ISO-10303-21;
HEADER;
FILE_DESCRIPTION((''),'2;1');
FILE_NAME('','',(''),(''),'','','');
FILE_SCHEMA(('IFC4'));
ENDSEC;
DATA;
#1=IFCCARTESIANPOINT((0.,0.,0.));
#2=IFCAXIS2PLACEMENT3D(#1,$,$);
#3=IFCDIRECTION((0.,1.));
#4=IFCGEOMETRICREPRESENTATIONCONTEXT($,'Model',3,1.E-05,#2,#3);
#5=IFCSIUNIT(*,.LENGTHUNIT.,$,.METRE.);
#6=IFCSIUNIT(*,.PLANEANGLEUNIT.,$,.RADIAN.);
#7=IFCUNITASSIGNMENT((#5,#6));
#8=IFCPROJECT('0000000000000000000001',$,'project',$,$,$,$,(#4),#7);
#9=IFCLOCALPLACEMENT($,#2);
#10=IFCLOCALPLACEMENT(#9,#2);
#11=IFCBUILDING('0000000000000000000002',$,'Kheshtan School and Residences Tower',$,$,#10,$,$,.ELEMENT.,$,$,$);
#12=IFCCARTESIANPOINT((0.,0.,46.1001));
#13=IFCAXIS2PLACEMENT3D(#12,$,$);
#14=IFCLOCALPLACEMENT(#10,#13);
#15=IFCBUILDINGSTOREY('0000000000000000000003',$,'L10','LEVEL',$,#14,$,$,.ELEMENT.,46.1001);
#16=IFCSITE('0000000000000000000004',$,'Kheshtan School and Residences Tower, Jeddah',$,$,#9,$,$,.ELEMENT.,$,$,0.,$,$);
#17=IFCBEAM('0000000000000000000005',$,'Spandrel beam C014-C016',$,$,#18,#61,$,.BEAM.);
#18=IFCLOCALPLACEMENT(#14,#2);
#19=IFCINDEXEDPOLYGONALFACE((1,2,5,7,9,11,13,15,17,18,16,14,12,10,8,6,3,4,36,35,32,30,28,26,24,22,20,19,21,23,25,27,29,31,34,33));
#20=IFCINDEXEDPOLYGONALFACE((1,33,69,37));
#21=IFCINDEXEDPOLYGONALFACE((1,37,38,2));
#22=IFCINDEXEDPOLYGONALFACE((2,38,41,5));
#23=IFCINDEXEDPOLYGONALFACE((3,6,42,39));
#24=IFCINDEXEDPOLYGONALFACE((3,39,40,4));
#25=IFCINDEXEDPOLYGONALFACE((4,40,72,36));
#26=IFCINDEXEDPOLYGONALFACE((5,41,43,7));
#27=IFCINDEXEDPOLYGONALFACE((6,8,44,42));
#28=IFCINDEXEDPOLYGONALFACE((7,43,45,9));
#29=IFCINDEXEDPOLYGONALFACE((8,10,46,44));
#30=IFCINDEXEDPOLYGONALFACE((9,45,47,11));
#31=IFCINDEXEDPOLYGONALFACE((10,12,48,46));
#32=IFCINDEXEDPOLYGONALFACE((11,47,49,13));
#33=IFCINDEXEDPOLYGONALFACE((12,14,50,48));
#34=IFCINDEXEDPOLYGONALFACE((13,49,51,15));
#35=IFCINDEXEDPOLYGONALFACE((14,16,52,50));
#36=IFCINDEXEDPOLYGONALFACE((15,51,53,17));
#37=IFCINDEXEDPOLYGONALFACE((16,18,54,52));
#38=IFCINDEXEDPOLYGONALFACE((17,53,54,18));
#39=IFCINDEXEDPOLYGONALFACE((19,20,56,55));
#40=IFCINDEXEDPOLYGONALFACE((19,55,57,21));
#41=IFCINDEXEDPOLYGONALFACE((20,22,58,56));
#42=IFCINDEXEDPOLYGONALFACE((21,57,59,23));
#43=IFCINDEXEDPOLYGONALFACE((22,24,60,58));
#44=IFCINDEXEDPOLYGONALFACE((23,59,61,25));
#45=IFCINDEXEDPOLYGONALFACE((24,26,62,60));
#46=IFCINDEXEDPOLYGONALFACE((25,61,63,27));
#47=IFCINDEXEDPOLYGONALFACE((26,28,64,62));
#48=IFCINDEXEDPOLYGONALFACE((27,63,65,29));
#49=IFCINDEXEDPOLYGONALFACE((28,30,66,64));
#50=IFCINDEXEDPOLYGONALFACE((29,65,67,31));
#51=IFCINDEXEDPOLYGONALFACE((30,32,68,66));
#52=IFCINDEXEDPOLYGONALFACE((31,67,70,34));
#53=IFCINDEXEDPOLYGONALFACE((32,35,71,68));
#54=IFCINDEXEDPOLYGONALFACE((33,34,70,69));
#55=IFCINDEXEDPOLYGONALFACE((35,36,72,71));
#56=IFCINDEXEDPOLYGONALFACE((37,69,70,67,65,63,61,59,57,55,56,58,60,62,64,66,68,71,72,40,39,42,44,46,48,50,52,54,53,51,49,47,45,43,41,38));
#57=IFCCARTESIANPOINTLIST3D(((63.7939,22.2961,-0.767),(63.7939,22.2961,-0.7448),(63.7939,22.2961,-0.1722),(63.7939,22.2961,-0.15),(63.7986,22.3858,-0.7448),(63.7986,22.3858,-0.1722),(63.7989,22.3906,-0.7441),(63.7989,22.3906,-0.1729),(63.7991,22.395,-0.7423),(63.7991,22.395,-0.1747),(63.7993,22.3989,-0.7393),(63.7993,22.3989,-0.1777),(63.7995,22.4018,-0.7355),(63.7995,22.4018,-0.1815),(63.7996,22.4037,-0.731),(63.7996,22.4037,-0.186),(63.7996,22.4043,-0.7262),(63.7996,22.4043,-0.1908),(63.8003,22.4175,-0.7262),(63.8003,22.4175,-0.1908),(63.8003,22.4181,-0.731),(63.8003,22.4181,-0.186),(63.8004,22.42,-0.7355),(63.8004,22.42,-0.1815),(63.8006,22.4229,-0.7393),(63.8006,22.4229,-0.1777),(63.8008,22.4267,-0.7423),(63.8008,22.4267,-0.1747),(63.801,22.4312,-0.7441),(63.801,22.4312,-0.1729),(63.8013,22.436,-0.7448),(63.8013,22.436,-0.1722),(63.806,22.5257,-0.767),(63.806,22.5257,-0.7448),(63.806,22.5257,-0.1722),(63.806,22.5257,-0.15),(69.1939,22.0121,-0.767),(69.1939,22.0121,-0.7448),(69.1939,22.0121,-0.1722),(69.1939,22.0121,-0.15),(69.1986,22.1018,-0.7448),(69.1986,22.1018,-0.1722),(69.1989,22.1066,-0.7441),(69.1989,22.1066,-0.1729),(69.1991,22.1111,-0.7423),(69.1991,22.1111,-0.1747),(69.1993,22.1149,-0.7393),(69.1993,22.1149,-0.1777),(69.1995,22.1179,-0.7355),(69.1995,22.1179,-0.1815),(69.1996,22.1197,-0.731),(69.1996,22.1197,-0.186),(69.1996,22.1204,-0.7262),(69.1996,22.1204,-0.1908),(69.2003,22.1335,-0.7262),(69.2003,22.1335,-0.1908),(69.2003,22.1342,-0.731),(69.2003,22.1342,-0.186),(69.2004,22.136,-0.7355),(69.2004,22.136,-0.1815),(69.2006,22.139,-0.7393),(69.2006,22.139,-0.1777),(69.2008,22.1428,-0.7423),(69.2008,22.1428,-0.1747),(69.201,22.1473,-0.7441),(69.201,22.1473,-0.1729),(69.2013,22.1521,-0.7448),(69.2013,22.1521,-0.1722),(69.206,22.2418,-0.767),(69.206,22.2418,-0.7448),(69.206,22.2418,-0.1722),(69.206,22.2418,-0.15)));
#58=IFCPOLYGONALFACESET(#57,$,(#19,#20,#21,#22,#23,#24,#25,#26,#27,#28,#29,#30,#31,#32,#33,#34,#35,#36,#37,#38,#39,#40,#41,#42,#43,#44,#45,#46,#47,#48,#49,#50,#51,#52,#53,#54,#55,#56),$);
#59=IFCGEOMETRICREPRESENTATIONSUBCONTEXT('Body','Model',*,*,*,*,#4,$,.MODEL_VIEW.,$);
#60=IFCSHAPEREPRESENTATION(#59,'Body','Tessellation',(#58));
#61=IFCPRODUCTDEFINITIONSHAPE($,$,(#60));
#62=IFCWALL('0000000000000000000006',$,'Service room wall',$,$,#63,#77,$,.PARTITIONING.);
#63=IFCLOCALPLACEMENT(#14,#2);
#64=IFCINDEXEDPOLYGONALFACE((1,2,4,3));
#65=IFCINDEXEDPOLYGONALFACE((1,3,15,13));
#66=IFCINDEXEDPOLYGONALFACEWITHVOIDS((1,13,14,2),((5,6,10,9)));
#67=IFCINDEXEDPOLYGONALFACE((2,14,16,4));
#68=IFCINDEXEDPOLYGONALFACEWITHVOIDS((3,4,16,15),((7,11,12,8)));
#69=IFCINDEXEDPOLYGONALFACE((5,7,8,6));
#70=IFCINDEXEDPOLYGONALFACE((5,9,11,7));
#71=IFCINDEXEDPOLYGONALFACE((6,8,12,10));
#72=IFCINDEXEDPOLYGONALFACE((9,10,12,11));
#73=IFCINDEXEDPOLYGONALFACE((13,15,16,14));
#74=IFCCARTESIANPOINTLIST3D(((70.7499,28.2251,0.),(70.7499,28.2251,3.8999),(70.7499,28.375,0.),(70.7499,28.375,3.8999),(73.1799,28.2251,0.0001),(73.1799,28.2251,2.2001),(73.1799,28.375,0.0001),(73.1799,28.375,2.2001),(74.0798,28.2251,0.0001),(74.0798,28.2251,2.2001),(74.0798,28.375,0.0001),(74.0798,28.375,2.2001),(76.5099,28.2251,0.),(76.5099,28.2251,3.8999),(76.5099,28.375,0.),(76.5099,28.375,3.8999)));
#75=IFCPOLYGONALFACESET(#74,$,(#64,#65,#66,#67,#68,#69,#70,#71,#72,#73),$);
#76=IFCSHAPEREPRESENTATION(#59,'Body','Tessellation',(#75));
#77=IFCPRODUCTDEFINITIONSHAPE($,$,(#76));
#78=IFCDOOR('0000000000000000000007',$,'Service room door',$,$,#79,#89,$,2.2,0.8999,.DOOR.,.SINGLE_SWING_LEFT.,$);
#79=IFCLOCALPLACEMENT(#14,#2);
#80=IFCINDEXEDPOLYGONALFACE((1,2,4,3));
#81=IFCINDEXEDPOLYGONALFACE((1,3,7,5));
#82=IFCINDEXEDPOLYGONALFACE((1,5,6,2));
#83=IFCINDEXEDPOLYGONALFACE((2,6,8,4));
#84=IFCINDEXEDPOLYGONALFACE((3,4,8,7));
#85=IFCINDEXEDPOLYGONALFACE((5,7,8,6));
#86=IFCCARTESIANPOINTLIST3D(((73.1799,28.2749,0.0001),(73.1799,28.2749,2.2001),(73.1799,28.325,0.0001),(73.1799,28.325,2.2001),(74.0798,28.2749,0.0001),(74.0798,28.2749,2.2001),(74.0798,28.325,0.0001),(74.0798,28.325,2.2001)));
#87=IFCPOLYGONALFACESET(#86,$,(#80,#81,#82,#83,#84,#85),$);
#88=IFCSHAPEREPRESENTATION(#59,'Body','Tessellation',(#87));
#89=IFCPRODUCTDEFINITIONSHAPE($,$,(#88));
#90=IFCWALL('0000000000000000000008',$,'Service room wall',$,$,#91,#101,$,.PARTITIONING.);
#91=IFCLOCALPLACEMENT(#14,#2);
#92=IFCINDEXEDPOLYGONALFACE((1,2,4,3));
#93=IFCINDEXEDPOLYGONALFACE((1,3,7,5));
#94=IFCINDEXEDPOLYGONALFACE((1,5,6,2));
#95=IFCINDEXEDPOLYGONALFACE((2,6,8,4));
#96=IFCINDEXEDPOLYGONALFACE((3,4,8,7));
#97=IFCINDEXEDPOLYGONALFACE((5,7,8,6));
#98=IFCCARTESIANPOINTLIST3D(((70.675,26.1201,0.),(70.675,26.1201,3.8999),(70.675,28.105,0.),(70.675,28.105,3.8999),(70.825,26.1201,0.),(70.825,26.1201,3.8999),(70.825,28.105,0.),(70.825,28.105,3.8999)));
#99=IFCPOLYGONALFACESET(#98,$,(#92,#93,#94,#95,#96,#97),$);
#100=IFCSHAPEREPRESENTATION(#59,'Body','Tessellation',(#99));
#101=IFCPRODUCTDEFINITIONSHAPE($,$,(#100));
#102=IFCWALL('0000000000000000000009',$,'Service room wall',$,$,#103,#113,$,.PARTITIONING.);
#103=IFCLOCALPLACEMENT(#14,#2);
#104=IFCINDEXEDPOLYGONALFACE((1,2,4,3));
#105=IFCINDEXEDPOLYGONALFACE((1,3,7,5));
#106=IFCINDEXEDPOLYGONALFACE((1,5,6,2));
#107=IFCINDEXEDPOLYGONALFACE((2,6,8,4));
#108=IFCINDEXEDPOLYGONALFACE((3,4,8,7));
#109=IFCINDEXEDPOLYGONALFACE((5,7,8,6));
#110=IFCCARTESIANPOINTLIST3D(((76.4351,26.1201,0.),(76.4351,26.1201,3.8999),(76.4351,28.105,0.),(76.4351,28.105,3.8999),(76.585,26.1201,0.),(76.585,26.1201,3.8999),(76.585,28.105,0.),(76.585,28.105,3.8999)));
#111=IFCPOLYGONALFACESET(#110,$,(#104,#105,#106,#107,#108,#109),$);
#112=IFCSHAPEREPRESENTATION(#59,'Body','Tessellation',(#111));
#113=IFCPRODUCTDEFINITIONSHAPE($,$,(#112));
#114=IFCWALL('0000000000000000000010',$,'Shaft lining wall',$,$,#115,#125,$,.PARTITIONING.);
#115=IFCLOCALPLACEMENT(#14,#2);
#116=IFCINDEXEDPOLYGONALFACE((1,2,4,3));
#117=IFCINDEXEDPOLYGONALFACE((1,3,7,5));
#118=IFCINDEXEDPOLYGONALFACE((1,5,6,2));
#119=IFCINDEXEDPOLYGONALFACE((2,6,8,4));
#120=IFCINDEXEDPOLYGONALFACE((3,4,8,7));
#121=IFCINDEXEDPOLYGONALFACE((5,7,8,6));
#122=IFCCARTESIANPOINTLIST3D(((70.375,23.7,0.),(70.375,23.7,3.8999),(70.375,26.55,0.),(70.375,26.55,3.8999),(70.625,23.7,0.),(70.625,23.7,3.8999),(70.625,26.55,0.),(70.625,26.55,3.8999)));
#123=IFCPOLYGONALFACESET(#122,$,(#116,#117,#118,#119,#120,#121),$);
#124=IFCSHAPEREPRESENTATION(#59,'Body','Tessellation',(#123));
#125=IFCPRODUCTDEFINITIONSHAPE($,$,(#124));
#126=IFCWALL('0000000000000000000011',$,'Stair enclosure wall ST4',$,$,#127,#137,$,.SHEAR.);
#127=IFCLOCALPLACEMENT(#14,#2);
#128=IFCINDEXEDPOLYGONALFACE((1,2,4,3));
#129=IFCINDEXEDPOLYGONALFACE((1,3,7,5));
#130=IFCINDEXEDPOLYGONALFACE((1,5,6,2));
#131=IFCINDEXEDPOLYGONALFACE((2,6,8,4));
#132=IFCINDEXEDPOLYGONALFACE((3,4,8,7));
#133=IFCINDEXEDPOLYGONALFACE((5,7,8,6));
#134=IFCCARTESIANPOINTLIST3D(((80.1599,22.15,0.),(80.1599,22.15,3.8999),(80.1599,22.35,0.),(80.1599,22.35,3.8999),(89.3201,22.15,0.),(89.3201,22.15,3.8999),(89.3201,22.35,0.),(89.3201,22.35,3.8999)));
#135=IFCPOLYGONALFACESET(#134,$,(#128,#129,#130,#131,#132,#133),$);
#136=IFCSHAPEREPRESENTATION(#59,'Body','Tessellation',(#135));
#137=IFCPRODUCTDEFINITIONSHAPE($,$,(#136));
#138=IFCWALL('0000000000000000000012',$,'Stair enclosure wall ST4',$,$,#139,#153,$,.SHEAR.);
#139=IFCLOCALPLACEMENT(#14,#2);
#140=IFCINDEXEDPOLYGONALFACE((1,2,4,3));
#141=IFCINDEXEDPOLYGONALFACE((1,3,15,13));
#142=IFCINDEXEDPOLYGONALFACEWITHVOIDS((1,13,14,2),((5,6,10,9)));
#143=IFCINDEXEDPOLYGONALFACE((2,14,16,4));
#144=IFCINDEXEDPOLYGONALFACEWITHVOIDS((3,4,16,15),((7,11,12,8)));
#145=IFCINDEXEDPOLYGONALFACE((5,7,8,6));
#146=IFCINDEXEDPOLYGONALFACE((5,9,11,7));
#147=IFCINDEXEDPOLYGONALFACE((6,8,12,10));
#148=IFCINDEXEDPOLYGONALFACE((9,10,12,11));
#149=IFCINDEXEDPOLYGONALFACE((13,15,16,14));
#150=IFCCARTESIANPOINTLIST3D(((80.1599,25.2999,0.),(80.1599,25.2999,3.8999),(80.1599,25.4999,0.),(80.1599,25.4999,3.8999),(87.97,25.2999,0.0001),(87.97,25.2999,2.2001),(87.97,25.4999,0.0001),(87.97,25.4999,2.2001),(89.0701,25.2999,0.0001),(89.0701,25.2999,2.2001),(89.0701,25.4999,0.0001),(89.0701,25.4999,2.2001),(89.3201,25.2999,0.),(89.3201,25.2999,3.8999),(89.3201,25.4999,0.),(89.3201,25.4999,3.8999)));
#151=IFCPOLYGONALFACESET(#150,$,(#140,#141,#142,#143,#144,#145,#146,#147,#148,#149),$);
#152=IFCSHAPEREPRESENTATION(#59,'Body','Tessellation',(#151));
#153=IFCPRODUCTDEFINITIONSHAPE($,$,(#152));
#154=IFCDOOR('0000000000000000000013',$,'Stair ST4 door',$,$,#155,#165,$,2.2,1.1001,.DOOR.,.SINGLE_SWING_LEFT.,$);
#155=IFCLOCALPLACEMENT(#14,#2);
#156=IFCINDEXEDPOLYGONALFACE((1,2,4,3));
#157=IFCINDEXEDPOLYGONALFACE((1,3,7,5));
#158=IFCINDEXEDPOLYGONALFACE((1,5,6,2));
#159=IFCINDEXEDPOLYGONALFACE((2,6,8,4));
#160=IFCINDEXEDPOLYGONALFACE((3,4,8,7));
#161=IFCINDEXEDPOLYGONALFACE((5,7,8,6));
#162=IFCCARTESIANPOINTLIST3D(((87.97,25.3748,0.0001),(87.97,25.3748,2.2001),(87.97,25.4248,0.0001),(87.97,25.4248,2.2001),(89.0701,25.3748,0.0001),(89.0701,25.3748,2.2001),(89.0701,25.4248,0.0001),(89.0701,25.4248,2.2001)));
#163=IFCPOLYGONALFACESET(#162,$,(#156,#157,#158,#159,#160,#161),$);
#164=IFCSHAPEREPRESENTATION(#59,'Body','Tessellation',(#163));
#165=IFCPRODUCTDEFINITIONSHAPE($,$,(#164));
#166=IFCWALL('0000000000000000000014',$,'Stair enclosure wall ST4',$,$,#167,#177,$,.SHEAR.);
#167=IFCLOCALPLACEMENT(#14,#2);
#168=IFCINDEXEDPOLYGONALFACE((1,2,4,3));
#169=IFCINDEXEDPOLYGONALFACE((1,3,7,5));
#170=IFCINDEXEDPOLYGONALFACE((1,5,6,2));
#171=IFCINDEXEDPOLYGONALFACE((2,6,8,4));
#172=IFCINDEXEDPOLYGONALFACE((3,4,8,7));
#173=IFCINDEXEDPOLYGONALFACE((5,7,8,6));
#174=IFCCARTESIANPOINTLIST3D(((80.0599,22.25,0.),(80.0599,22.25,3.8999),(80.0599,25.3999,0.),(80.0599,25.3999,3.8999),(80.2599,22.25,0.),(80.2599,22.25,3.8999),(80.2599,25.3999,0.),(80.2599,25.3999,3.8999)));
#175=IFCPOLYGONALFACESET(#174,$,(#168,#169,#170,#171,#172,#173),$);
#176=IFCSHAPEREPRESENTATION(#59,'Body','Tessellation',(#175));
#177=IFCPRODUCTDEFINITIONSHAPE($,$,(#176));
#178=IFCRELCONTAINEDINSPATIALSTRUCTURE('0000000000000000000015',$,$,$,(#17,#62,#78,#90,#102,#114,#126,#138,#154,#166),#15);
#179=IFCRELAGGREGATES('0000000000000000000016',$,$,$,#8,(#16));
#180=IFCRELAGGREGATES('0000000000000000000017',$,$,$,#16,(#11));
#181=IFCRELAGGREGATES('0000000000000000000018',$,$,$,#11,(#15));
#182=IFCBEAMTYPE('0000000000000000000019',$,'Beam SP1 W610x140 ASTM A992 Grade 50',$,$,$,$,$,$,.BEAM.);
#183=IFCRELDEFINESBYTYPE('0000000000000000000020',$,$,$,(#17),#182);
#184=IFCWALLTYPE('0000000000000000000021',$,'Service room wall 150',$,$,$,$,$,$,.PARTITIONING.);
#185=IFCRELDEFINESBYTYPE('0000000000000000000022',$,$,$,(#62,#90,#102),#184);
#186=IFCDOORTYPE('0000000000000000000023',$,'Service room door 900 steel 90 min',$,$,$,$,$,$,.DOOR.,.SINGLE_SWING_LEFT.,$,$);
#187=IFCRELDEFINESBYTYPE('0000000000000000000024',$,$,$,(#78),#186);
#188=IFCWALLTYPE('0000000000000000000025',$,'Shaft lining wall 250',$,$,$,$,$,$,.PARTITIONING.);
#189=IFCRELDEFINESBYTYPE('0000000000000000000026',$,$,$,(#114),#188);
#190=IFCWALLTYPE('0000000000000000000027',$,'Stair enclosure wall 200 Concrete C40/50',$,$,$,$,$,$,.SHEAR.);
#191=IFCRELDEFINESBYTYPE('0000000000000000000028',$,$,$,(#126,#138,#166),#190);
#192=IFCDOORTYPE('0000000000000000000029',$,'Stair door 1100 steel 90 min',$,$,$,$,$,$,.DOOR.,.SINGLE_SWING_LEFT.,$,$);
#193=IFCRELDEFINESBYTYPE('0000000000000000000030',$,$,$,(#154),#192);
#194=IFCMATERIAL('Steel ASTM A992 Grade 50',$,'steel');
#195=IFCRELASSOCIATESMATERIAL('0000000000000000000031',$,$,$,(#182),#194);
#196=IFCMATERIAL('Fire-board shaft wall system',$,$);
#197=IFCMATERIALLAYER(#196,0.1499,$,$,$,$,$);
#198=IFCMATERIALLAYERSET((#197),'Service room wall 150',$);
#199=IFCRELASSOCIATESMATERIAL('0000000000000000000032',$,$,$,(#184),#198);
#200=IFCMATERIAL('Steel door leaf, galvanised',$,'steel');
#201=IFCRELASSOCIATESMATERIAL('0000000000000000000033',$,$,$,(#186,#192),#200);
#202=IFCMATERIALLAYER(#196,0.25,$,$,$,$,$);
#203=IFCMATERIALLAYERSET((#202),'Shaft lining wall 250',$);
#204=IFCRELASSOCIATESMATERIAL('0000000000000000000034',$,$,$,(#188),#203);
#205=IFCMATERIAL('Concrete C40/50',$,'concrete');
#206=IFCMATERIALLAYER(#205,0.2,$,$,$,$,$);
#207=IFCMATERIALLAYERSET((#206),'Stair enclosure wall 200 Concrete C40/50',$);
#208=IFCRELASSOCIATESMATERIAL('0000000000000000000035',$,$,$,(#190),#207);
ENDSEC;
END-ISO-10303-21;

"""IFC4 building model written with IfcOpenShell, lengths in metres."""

from ifc_helpers import new_model, si_unit, direction, frame, frame_2d, origin, origin_2d, place, context, subcontext, project, spatial, rectangle, i_section, extrude, source, transform, mapped, material, layer, layer_set, material_profile, profile_set, type_object, element, fill, save


model = new_model("IFC4")

# Units and contexts
model_context = context("Model", 3, precision=1e-05, world=origin(), true_north=direction((0.0, 1.0)))
body_context = subcontext(model_context, "Body", "Model", "MODEL_VIEW")
ifc_project = project(units=[si_unit("LENGTHUNIT", "METRE"), si_unit("PLANEANGLEUNIT", "RADIAN")], contexts=[model_context])

# Site, building, storey
site_placement = place(None, origin())
site = spatial("IfcSite", under=ifc_project, at=site_placement, Name="Kheshtan School and Residences Tower, Jeddah", CompositionType="ELEMENT", RefElevation=0.0)
building_placement = place(site_placement, origin())
building = spatial("IfcBuilding", under=site, at=building_placement, Name="Kheshtan School and Residences Tower", CompositionType="ELEMENT")
storey_placement = place(building_placement, frame((0.0, 0.0, 46.1001)))
storey = spatial("IfcBuildingStorey", under=building, at=storey_placement, Name="L10", Description="LEVEL", CompositionType="ELEMENT", Elevation=46.1001)

# Shared definitions
ifc_material_1 = material(Name="Steel ASTM A992 Grade 50", Category="steel")

# Beam
ifc_material_profile_1 = material_profile(ifc_material_1, i_section(OverallWidth=0.23, OverallDepth=0.6169, WebThickness=0.0132, FlangeThickness=0.0222, FilletRadius=0.0186, at=origin_2d()), Name="W610x140")
ifc_profile_set_1 = profile_set([ifc_material_profile_1], Name="Steel ASTM A992 Grade 50")
beam_type = type_object("IfcBeamType", Name="Beam SP1 W610x140 ASTM A992 Grade 50", PredefinedType="BEAM", material=ifc_profile_set_1)
beam_1_placement = place(storey_placement, frame((69.2, 22.127, -0.4585), z_axis=(-0.99862, 0.052509, 0.0), x_axis=(-0.052509, -0.99862, 0.0)))
element("IfcBeam", 1, at=beam_1_placement, inside=storey, type_object=beam_type, Name="Spandrel beam C014-C016", PredefinedType="BEAM", context=body_context, shape_type="SweptSolid", body=[
    extrude(i_section(OverallWidth=0.23, OverallDepth=0.6169, WebThickness=0.0132, FlangeThickness=0.0222, FilletRadius=0.0186, at=origin_2d()), origin(), (0.0, 0.0, 1.0), 5.4075),
])

# Wall, opening, door
ifc_material_2 = material(Name="Fire-board shaft wall system")
ifc_layer_1 = layer(ifc_material_2, 0.1499)
ifc_layer_set_1 = layer_set([ifc_layer_1], Name="Service room wall 150")
wall_type_1 = type_object("IfcWallType", Name="Service room wall 150", PredefinedType="PARTITIONING", material=ifc_layer_set_1)
wall_1_placement = place(storey_placement, frame((70.75, 28.3, 0.0), z_axis=(0.0, 0.0, 1.0), x_axis=(1.0, 0.0, 0.0)))
wall_1 = element("IfcWall", 2, at=wall_1_placement, inside=storey, type_object=wall_type_1, Name="Service room wall", PredefinedType="PARTITIONING", context=body_context, shape_type="SweptSolid", body=[
    extrude(rectangle(XDim=5.76, YDim=0.1499, at=frame_2d((2.8799, 0.0))), origin(), (0.0, 0.0, 1.0), 3.8999),
])
opening_1_placement = place(wall_1_placement, frame((2.4299, 0.0, 0.0)))
opening_1 = element("IfcOpeningElement", 3, at=opening_1_placement, cuts=wall_1, PredefinedType="OPENING", context=body_context, shape_type="SweptSolid", body=[
    extrude(rectangle(XDim=0.8999, YDim=2.2, at=frame_2d((0.45, 1.1001))), frame((0.0, 0.085, 0.0), z_axis=(0.0, -1.0, 0.0), x_axis=(1.0, 0.0, 0.0)), (0.0, 0.0, 1.0), 0.1699),
])
ifc_material_3 = material(Name="Steel door leaf, galvanised", Category="steel")
door_type_1 = type_object("IfcDoorType", Name="Service room door 900 steel 90 min", OperationType="SINGLE_SWING_LEFT", PredefinedType="DOOR", material=ifc_material_3)
shared_shape_1 = source(origin(), body_context, "Body", "SweptSolid", [
    extrude(rectangle(XDim=0.8999, YDim=2.2, at=frame_2d((0.45, 1.1001))), frame((0.0, 0.0249, 0.0), z_axis=(0.0, -1.0, 0.0), x_axis=(1.0, 0.0, 0.0)), (0.0, 0.0, 1.0), 0.05),
])
door_1_placement = place(opening_1_placement, origin())
door_1 = element("IfcDoor", 4, at=door_1_placement, inside=storey, type_object=door_type_1, Name="Service room door", OperationType="SINGLE_SWING_LEFT", OverallHeight=2.2, OverallWidth=0.8999, PredefinedType="DOOR", context=body_context, shape_type="MappedRepresentation", body=[
    mapped(shared_shape_1, transform((0.0, 0.0, 0.0), x_axis=(1.0, 0.0, 0.0), y_axis=(0.0, 1.0, 0.0), z_axis=(0.0, 0.0, 1.0), scale=1.0)),
])
fill(opening_1, door_1)

# Walls
for number, where, z_axis, x_axis, name in (
    (5, (70.75, 26.1201, 0.0), (0.0, 0.0, 1.0), (0.0, 1.0, 0.0), "Service room wall"),
    (6, (76.51, 26.1201, 0.0), (0.0, 0.0, 1.0), (0.0, 1.0, 0.0), "Service room wall"),
):
    element("IfcWall", number, at=place(storey_placement, frame(where, z_axis=z_axis, x_axis=x_axis)), inside=storey, type_object=wall_type_1, Name=name, PredefinedType="PARTITIONING", context=body_context, shape_type="SweptSolid", body=[
        extrude(rectangle(XDim=1.9849, YDim=0.1499, at=frame_2d((0.9924, 0.0))), origin(), (0.0, 0.0, 1.0), 3.8999),
    ])
ifc_layer_2 = layer(ifc_material_2, 0.25)
ifc_layer_set_2 = layer_set([ifc_layer_2], Name="Shaft lining wall 250")
wall_type_2 = type_object("IfcWallType", Name="Shaft lining wall 250", PredefinedType="PARTITIONING", material=ifc_layer_set_2)
wall_2_placement = place(storey_placement, frame((70.5, 23.7, 0.0), z_axis=(0.0, 0.0, 1.0), x_axis=(0.0, 1.0, 0.0)))
element("IfcWall", 7, at=wall_2_placement, inside=storey, type_object=wall_type_2, Name="Shaft lining wall", PredefinedType="PARTITIONING", context=body_context, shape_type="SweptSolid", body=[
    extrude(rectangle(XDim=2.8501, YDim=0.25, at=frame_2d((1.425, 0.0))), origin(), (0.0, 0.0, 1.0), 3.8999),
])
ifc_material_4 = material(Name="Concrete C40/50", Category="concrete")
ifc_layer_3 = layer(ifc_material_4, 0.2)
ifc_layer_set_3 = layer_set([ifc_layer_3], Name="Stair enclosure wall 200 Concrete C40/50")
wall_type_3 = type_object("IfcWallType", Name="Stair enclosure wall 200 Concrete C40/50", PredefinedType="SHEAR", material=ifc_layer_set_3)
wall_3_placement = place(storey_placement, frame((80.1599, 22.25, 0.0), z_axis=(0.0, 0.0, 1.0), x_axis=(1.0, 0.0, 0.0)))
element("IfcWall", 8, at=wall_3_placement, inside=storey, type_object=wall_type_3, Name="Stair enclosure wall ST4", PredefinedType="SHEAR", context=body_context, shape_type="SweptSolid", body=[
    extrude(rectangle(XDim=9.1602, YDim=0.2, at=frame_2d((4.5801, 0.0))), origin(), (0.0, 0.0, 1.0), 3.8999),
])

# Wall, opening, door
wall_4_placement = place(storey_placement, frame((80.1599, 25.3999, 0.0), z_axis=(0.0, 0.0, 1.0), x_axis=(1.0, 0.0, 0.0)))
wall_4 = element("IfcWall", 9, at=wall_4_placement, inside=storey, type_object=wall_type_3, Name="Stair enclosure wall ST4", PredefinedType="SHEAR", context=body_context, shape_type="SweptSolid", body=[
    extrude(rectangle(XDim=9.1602, YDim=0.2, at=frame_2d((4.5801, 0.0))), origin(), (0.0, 0.0, 1.0), 3.8999),
])
opening_2_placement = place(wall_4_placement, frame((7.8101, 0.0, 0.0)))
opening_2 = element("IfcOpeningElement", 10, at=opening_2_placement, cuts=wall_4, PredefinedType="OPENING", context=body_context, shape_type="SweptSolid", body=[
    extrude(rectangle(XDim=1.1001, YDim=2.2, at=frame_2d((0.55, 1.1001))), frame((0.0, 0.1099, 0.0), z_axis=(0.0, -1.0, 0.0), x_axis=(1.0, 0.0, 0.0)), (0.0, 0.0, 1.0), 0.22),
])
door_type_2 = type_object("IfcDoorType", Name="Stair door 1100 steel 90 min", OperationType="SINGLE_SWING_LEFT", PredefinedType="DOOR", material=ifc_material_3)
shared_shape_2 = source(origin(), body_context, "Body", "SweptSolid", [
    extrude(rectangle(XDim=1.1001, YDim=2.2, at=frame_2d((0.55, 1.1001))), frame((0.0, 0.0249, 0.0), z_axis=(0.0, -1.0, 0.0), x_axis=(1.0, 0.0, 0.0)), (0.0, 0.0, 1.0), 0.05),
])
door_2_placement = place(opening_2_placement, origin())
door_2 = element("IfcDoor", 11, at=door_2_placement, inside=storey, type_object=door_type_2, Name="Stair ST4 door", OperationType="SINGLE_SWING_LEFT", OverallHeight=2.2, OverallWidth=1.1001, PredefinedType="DOOR", context=body_context, shape_type="MappedRepresentation", body=[
    mapped(shared_shape_2, transform((0.0, 0.0, 0.0), x_axis=(1.0, 0.0, 0.0), y_axis=(0.0, 1.0, 0.0), z_axis=(0.0, 0.0, 1.0), scale=1.0)),
])
fill(opening_2, door_2)

# Wall
wall_5_placement = place(storey_placement, frame((80.1599, 22.25, 0.0), z_axis=(0.0, 0.0, 1.0), x_axis=(0.0, 1.0, 0.0)))
element("IfcWall", 12, at=wall_5_placement, inside=storey, type_object=wall_type_3, Name="Stair enclosure wall ST4", PredefinedType="SHEAR", context=body_context, shape_type="SweptSolid", body=[
    extrude(rectangle(XDim=3.1499, YDim=0.2, at=frame_2d((1.575, 0.0))), origin(), (0.0, 0.0, 1.0), 3.8999),
])

save(model, "model.ifc")
